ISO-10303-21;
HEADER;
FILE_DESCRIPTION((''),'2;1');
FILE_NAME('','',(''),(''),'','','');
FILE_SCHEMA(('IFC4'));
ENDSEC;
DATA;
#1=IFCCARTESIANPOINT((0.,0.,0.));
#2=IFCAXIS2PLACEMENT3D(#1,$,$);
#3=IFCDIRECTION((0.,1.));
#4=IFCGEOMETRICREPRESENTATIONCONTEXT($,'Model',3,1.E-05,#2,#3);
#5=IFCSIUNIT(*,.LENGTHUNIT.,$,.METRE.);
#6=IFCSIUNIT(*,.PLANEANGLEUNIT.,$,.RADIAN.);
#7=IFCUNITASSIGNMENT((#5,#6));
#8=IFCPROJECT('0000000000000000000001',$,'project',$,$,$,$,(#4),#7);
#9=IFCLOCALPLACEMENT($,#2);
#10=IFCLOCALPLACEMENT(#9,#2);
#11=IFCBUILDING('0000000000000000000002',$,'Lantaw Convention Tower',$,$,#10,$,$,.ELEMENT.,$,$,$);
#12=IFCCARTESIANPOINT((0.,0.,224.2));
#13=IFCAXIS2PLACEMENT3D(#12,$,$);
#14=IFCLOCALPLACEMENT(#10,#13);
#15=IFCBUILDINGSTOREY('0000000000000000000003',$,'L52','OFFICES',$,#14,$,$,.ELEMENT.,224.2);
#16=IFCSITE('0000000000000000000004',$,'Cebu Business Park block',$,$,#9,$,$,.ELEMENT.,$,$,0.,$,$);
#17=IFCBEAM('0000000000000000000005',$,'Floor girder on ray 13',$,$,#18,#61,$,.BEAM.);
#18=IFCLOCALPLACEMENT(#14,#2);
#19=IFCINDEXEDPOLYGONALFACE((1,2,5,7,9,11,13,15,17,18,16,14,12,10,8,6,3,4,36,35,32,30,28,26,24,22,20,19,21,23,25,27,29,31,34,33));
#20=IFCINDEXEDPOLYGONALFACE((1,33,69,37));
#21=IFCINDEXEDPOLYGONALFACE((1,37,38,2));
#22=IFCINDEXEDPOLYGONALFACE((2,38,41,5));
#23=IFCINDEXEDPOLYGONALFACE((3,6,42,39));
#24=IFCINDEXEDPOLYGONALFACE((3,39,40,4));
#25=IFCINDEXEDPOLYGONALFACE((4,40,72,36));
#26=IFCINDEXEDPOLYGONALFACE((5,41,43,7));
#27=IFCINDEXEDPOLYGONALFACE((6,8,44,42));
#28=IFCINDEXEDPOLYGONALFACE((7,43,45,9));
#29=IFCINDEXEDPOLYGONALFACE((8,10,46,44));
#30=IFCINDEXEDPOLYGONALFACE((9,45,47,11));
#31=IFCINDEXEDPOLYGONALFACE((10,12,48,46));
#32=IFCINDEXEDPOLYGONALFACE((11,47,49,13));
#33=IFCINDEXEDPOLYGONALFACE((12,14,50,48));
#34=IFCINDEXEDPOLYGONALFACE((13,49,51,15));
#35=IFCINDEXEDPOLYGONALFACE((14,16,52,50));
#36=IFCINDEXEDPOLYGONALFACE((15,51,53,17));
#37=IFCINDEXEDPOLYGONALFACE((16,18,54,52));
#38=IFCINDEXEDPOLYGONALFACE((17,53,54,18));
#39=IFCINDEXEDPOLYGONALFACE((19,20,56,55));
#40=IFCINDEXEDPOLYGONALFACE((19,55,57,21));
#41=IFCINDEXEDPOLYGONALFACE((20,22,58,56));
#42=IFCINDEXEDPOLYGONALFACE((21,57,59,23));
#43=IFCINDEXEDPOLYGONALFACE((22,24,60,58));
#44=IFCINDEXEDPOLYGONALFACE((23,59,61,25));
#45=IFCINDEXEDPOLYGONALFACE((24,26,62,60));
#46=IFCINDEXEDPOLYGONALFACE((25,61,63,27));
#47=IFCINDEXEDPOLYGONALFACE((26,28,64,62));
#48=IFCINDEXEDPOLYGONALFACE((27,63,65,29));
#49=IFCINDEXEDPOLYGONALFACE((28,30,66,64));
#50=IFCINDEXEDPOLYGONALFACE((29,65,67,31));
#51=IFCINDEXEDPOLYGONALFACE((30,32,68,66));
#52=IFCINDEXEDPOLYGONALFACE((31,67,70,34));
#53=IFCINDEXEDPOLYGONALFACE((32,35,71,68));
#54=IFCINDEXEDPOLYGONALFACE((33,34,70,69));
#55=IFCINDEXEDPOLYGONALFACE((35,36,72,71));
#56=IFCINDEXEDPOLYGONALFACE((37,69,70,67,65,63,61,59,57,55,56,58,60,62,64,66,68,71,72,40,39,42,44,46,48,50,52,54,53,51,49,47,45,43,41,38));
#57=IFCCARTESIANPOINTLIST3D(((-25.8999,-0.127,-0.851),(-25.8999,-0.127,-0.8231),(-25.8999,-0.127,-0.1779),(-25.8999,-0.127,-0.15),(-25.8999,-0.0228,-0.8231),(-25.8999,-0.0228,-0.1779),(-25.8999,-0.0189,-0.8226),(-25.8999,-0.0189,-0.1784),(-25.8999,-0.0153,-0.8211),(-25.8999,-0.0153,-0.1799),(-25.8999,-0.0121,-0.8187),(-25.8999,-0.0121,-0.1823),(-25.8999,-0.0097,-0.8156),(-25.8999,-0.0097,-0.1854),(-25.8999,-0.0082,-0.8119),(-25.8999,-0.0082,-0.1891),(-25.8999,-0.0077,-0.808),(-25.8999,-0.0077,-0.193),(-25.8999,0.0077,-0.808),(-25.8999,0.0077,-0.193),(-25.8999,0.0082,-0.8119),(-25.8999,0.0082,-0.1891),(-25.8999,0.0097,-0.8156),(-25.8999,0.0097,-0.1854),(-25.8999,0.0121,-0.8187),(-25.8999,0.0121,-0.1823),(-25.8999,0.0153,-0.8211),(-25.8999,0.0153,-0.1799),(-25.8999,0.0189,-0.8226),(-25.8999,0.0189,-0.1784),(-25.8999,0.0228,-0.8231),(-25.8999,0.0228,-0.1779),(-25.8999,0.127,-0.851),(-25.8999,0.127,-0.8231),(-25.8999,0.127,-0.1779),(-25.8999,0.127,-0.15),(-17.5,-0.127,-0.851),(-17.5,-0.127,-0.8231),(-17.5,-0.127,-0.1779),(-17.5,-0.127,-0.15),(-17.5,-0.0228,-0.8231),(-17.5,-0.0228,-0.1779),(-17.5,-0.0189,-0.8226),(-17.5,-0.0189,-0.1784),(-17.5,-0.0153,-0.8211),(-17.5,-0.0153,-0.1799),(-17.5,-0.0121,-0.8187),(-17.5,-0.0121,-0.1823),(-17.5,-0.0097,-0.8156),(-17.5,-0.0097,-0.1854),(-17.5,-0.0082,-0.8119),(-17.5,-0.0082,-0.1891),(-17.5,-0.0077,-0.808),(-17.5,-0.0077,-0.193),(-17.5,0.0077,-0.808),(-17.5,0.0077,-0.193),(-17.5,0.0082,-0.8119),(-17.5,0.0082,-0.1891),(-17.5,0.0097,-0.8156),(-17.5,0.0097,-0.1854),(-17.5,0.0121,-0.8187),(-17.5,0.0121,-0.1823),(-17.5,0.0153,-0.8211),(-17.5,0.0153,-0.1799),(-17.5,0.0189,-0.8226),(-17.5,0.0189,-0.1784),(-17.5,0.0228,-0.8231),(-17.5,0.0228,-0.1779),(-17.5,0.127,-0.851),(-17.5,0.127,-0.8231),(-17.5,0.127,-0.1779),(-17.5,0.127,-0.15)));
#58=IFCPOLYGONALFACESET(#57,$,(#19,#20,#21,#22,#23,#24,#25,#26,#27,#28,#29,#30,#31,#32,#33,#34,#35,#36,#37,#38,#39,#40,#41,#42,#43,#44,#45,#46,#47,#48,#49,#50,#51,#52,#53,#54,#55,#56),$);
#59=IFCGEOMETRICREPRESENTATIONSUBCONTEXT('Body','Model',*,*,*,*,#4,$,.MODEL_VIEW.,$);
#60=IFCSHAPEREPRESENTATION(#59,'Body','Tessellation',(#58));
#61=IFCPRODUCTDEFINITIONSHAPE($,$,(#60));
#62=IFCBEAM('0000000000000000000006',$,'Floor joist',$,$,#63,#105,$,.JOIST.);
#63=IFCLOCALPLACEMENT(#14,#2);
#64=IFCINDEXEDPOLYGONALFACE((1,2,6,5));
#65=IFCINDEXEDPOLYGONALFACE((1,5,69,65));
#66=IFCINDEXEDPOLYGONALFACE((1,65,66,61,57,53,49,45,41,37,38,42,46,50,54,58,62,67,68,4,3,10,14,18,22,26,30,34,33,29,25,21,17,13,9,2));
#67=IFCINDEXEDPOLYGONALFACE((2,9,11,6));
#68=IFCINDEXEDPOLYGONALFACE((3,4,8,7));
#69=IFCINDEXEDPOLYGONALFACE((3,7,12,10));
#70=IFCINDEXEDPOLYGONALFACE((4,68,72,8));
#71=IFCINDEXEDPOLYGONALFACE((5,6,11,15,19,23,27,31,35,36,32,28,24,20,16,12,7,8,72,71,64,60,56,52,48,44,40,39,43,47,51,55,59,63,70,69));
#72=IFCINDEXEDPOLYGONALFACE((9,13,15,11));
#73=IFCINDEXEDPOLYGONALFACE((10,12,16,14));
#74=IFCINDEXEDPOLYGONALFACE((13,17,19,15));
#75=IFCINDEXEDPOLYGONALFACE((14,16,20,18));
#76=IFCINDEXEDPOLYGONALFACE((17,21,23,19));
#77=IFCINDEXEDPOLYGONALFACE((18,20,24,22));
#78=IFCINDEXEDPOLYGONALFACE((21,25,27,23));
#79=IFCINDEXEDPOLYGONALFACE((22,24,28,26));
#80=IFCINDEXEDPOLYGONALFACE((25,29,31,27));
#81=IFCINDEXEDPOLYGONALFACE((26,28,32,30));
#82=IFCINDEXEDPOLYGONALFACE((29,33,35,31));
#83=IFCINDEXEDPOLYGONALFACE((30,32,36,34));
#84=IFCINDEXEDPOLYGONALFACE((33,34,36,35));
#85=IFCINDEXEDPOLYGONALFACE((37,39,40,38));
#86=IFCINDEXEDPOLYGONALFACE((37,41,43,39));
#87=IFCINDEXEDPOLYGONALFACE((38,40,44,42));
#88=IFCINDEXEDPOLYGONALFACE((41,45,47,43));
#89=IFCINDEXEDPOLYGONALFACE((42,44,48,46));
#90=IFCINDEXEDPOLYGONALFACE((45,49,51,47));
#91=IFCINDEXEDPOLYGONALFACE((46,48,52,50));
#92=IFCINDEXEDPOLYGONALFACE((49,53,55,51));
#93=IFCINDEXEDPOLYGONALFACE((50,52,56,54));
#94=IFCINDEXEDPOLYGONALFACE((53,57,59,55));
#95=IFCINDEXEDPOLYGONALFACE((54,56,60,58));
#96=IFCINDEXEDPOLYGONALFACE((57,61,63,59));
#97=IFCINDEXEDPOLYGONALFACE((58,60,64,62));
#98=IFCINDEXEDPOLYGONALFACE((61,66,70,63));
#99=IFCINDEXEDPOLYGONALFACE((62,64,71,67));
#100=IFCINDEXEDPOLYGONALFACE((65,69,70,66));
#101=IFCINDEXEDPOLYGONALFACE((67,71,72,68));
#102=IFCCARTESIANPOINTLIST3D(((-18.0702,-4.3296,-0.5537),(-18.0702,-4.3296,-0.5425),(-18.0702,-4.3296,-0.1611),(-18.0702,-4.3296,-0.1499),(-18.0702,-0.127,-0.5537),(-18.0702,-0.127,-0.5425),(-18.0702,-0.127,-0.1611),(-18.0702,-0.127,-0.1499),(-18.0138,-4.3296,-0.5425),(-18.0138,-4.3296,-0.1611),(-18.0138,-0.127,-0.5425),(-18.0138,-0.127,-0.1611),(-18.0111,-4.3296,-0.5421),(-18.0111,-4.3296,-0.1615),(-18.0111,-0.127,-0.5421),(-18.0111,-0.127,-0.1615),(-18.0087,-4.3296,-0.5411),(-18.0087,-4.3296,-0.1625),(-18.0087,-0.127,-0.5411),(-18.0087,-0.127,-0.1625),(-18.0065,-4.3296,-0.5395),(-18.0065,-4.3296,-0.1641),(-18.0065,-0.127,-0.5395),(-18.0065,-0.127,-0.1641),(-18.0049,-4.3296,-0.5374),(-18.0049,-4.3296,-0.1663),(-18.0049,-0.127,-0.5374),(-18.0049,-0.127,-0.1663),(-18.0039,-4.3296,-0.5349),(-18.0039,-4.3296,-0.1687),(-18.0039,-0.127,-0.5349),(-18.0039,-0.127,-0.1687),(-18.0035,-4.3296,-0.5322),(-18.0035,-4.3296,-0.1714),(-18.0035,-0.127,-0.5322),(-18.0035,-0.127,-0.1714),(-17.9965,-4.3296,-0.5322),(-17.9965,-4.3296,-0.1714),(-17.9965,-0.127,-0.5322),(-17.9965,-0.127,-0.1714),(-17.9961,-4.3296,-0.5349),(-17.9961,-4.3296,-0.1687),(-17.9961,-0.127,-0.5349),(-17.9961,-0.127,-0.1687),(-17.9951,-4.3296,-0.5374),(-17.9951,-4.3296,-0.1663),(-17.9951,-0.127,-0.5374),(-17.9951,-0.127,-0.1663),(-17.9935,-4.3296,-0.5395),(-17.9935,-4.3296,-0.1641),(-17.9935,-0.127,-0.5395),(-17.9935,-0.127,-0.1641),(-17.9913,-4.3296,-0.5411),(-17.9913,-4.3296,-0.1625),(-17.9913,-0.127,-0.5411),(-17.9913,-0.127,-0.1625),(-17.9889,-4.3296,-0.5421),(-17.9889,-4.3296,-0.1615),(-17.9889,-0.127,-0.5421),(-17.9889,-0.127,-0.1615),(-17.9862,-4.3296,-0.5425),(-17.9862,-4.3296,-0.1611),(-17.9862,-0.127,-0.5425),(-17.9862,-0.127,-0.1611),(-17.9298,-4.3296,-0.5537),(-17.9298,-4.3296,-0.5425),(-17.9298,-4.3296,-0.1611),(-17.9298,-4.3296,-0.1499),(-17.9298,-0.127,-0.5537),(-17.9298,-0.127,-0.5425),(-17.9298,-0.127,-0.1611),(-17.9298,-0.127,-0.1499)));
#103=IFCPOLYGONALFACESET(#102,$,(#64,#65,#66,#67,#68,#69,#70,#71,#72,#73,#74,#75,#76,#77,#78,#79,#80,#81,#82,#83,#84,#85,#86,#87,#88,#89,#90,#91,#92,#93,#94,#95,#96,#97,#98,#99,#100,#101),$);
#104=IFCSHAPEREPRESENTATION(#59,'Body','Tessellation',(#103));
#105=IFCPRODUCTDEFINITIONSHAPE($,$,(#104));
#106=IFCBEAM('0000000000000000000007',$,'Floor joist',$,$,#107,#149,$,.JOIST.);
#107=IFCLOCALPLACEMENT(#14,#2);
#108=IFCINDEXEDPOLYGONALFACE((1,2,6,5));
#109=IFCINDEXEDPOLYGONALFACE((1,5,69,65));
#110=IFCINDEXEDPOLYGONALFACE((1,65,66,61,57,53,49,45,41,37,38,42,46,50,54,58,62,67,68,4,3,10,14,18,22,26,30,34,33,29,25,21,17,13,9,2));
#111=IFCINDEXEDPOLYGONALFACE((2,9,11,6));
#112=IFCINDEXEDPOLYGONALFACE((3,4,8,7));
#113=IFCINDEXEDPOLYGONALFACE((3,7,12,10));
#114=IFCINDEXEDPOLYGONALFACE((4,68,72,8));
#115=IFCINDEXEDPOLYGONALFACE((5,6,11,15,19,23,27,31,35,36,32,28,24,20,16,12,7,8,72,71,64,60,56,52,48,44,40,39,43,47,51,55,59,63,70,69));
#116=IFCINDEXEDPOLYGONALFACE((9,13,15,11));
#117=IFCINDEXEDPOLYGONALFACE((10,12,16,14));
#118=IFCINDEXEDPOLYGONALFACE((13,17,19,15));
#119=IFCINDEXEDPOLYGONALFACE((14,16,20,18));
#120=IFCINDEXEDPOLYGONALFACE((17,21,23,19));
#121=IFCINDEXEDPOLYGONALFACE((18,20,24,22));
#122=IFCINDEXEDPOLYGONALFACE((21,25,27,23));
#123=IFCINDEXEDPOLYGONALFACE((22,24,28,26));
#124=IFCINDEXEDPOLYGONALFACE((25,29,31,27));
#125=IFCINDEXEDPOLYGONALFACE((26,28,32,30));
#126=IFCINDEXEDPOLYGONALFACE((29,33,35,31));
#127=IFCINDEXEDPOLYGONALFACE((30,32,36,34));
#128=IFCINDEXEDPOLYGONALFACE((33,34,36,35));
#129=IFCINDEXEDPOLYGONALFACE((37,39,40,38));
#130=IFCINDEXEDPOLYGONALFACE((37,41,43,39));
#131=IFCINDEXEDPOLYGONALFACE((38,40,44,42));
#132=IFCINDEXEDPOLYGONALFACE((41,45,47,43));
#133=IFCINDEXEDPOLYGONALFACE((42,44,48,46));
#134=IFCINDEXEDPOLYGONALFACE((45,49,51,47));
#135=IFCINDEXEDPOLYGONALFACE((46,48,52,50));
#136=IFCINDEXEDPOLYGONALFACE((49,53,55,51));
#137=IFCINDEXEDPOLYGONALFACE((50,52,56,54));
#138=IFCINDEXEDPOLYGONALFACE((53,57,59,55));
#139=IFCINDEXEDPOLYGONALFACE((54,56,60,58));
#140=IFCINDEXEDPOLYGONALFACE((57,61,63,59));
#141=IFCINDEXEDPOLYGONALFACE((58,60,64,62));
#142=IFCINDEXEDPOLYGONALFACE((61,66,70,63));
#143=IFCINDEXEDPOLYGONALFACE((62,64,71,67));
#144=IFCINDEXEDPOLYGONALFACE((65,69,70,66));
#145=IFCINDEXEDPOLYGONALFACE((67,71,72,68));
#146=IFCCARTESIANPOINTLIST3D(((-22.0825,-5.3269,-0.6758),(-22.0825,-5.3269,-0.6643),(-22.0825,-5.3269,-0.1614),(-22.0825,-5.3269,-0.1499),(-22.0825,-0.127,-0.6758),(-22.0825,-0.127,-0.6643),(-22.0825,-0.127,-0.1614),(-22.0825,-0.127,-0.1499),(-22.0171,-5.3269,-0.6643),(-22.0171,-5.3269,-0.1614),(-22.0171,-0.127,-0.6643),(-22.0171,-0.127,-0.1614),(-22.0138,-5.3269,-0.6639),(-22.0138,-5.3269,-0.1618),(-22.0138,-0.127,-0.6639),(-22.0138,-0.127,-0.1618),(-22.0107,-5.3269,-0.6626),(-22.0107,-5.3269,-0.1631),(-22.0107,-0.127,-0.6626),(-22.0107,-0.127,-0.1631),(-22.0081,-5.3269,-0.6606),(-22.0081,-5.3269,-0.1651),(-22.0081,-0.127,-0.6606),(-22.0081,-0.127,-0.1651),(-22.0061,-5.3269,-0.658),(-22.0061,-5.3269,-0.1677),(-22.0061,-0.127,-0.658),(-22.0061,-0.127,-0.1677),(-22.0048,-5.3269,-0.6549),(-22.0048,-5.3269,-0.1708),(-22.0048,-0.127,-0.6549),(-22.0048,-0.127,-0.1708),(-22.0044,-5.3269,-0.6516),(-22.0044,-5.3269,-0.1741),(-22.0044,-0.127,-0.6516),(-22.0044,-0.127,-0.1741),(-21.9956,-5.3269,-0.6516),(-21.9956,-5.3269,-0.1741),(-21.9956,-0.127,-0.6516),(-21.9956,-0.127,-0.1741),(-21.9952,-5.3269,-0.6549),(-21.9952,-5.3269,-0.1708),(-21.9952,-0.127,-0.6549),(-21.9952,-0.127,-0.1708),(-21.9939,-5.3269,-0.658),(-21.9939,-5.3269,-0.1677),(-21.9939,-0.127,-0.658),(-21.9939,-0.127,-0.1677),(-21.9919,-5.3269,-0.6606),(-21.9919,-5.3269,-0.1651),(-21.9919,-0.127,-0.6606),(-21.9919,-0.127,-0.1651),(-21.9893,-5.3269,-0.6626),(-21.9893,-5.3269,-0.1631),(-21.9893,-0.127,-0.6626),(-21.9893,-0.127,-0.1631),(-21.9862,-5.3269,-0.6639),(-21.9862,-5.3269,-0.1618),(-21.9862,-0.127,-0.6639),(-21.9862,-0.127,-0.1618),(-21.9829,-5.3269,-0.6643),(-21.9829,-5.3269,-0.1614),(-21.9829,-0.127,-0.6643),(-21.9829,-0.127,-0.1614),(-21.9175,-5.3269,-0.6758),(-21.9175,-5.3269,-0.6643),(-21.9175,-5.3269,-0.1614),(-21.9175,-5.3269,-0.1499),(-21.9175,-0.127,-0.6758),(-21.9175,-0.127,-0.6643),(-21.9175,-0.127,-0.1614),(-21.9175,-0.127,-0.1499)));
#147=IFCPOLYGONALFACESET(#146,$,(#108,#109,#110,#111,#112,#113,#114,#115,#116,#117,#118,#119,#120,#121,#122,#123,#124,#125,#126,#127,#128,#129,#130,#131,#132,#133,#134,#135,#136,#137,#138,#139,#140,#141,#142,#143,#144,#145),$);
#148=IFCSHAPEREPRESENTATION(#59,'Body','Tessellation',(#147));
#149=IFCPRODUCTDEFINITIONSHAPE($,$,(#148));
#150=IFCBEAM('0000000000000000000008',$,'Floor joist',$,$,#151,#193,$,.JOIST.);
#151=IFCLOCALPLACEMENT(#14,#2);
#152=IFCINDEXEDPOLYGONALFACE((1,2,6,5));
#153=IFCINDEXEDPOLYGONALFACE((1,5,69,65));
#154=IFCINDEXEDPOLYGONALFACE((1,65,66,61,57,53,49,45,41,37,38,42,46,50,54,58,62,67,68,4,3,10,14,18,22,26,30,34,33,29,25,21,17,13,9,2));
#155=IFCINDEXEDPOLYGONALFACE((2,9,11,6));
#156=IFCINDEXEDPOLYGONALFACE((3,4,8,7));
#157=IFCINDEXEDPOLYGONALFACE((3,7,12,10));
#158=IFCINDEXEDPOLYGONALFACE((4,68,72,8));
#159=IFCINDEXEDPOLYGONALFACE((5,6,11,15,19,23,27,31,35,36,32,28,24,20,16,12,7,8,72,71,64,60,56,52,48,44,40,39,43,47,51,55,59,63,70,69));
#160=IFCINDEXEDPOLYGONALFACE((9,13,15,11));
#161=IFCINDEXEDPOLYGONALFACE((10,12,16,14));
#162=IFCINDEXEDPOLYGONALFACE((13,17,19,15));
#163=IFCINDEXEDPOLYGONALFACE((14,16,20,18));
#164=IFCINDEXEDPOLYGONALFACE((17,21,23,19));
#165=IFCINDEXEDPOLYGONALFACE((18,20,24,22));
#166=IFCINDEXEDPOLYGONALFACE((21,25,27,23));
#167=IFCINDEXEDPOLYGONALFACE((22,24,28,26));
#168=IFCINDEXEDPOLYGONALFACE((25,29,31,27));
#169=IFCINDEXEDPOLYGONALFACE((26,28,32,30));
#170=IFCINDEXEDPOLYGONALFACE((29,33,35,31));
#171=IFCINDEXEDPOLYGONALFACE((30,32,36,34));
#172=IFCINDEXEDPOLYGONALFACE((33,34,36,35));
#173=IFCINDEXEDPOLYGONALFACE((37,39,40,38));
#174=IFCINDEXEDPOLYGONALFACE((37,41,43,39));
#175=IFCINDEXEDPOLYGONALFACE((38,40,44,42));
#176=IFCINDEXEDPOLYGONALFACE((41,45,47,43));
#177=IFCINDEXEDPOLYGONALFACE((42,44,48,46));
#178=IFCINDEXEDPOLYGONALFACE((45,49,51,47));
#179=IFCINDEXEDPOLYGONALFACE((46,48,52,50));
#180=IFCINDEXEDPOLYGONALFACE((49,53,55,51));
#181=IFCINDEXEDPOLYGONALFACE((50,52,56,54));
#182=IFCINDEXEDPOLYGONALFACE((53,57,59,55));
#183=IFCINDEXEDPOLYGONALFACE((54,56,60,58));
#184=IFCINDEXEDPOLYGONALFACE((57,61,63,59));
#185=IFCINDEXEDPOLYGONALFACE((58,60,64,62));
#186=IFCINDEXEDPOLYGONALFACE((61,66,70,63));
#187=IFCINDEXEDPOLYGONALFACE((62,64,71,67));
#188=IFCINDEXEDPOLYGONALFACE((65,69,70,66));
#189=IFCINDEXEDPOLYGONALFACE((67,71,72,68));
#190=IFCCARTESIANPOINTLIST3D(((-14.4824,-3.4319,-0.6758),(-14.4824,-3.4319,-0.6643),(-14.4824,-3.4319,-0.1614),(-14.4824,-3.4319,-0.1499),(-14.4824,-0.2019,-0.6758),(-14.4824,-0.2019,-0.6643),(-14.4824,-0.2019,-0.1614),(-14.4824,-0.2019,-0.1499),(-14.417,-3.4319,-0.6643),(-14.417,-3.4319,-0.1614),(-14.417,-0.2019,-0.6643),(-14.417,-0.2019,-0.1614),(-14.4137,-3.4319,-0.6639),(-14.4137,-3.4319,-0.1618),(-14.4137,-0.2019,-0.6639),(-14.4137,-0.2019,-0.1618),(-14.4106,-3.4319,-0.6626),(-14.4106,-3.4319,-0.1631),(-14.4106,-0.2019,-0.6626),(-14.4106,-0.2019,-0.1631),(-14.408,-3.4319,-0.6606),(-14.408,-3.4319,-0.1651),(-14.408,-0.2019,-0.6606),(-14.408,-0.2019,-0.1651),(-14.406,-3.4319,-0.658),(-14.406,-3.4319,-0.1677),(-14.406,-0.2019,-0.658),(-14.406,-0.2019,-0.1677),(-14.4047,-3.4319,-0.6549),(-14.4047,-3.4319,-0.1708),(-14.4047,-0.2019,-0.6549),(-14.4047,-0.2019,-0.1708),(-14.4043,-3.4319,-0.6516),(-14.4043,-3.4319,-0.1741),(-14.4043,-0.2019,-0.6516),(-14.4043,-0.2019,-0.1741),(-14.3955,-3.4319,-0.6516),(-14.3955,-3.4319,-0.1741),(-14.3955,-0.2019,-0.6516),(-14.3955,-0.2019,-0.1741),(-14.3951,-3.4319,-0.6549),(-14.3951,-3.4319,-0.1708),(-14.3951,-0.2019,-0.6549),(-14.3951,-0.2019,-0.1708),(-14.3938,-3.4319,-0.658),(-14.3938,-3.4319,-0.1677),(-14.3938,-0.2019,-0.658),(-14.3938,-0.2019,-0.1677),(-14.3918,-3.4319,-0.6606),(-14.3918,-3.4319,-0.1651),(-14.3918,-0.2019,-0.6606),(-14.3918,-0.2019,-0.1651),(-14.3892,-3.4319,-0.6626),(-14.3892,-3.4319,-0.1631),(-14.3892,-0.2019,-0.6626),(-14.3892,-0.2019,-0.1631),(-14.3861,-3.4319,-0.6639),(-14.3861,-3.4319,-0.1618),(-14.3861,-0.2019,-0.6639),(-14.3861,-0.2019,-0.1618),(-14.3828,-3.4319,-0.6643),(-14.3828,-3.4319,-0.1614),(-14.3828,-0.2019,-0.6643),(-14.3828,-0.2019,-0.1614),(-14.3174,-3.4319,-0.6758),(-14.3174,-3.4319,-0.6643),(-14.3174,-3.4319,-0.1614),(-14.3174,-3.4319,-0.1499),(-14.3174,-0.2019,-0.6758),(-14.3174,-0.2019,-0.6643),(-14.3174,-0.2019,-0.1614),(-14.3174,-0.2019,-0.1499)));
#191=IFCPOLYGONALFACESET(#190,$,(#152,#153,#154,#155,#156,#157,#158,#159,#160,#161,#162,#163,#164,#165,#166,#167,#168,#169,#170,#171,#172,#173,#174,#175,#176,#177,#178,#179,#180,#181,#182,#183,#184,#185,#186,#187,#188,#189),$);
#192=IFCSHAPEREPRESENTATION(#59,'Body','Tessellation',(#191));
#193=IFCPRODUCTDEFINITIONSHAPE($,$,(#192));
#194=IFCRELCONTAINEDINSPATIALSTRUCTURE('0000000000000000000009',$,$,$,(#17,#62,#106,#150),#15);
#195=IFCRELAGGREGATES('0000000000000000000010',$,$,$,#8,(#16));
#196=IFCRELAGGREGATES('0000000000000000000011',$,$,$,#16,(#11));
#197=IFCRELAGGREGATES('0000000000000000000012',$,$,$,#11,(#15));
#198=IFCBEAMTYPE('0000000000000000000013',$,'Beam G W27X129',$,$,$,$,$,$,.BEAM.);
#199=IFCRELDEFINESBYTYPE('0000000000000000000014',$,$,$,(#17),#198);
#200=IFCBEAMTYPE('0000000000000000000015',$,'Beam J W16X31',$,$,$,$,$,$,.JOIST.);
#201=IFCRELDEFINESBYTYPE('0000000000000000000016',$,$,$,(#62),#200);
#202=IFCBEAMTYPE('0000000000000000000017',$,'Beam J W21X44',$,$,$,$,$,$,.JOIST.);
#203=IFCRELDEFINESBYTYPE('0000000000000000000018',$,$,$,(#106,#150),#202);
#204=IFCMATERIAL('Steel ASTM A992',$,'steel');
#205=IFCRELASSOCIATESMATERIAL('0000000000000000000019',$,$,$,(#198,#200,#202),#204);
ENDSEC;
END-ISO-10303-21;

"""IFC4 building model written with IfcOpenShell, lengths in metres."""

from ifc_helpers import new_model, si_unit, direction, frame, origin, origin_2d, place, context, subcontext, project, spatial, i_section, extrude, material, material_profile, profile_set, type_object, element, save


model = new_model("IFC4")

# Units and contexts
model_context = context("Model", 3, precision=1e-05, world=origin(), true_north=direction((0.0, 1.0)))
body_context = subcontext(model_context, "Body", "Model", "MODEL_VIEW")
ifc_project = project(units=[si_unit("LENGTHUNIT", "METRE"), si_unit("PLANEANGLEUNIT", "RADIAN")], contexts=[model_context])

# Site, building, storey
site_placement = place(None, origin())
site = spatial("IfcSite", under=ifc_project, at=site_placement, Name="Cebu Business Park block", CompositionType="ELEMENT", RefElevation=0.0)
building_placement = place(site_placement, origin())
building = spatial("IfcBuilding", under=site, at=building_placement, Name="Lantaw Convention Tower", CompositionType="ELEMENT")
storey_placement = place(building_placement, frame((0.0, 0.0, 224.2)))
storey = spatial("IfcBuildingStorey", under=building, at=storey_placement, Name="L52", Description="OFFICES", CompositionType="ELEMENT", Elevation=224.2)

# Beams
ifc_material_1 = material(Name="Steel ASTM A992", Category="steel")
ifc_material_profile_1 = material_profile(ifc_material_1, i_section(OverallWidth=0.2539, OverallDepth=0.7009, WebThickness=0.0154, FlangeThickness=0.0278, FilletRadius=0.0151, at=origin_2d()), Name="W27X129")
ifc_profile_set_1 = profile_set([ifc_material_profile_1], Name="Steel ASTM A992")
beam_type_1 = type_object("IfcBeamType", Name="Beam G W27X129", PredefinedType="BEAM", material=ifc_profile_set_1)
beam_1_placement = place(storey_placement, frame((-17.5, 0.0, -0.5005), z_axis=(-1.0, 0.0, 0.0), x_axis=(0.0, -1.0, 0.0)))
element("IfcBeam", 1, at=beam_1_placement, inside=storey, type_object=beam_type_1, Name="Floor girder on ray 13", PredefinedType="BEAM", context=body_context, shape_type="SweptSolid", body=[
    extrude(i_section(OverallWidth=0.2539, OverallDepth=0.7009, WebThickness=0.0154, FlangeThickness=0.0278, FilletRadius=0.0151, at=origin_2d()), origin(), (0.0, 0.0, 1.0), 8.3999),
])
ifc_material_profile_2 = material_profile(ifc_material_1, i_section(OverallWidth=0.1404, OverallDepth=0.4038, WebThickness=0.0071, FlangeThickness=0.0112, FilletRadius=0.0103, at=origin_2d()), Name="W16X31")
ifc_profile_set_2 = profile_set([ifc_material_profile_2], Name="Steel ASTM A992")
beam_type_2 = type_object("IfcBeamType", Name="Beam J W16X31", PredefinedType="JOIST", material=ifc_profile_set_2)
beam_2_placement = place(storey_placement, frame((-18.0, -4.3296, -0.3518), z_axis=(0.0, 1.0, 0.0), x_axis=(-1.0, 0.0, 0.0)))
element("IfcBeam", 2, at=beam_2_placement, inside=storey, type_object=beam_type_2, Name="Floor joist", PredefinedType="JOIST", context=body_context, shape_type="SweptSolid", body=[
    extrude(i_section(OverallWidth=0.1404, OverallDepth=0.4038, WebThickness=0.0071, FlangeThickness=0.0112, FilletRadius=0.0103, at=origin_2d()), origin(), (0.0, 0.0, 1.0), 4.2026),
])
ifc_material_profile_3 = material_profile(ifc_material_1, i_section(OverallWidth=0.165, OverallDepth=0.5259, WebThickness=0.0088, FlangeThickness=0.0115, FilletRadius=0.0127, at=origin_2d()), Name="W21X44")
ifc_profile_set_3 = profile_set([ifc_material_profile_3], Name="Steel ASTM A992")
beam_type_3 = type_object("IfcBeamType", Name="Beam J W21X44", PredefinedType="JOIST", material=ifc_profile_set_3)
beam_3_placement = place(storey_placement, frame((-22.0, -5.3269, -0.4128), z_axis=(0.0, 1.0, 0.0), x_axis=(-1.0, 0.0, 0.0)))
element("IfcBeam", 3, at=beam_3_placement, inside=storey, type_object=beam_type_3, Name="Floor joist", PredefinedType="JOIST", context=body_context, shape_type="SweptSolid", body=[
    extrude(i_section(OverallWidth=0.165, OverallDepth=0.5259, WebThickness=0.0088, FlangeThickness=0.0115, FilletRadius=0.0127, at=origin_2d()), origin(), (0.0, 0.0, 1.0), 5.2),
])
beam_4_placement = place(storey_placement, frame((-14.3999, -3.4319, -0.4128), z_axis=(0.0, 1.0, 0.0), x_axis=(-1.0, 0.0, 0.0)))
element("IfcBeam", 4, at=beam_4_placement, inside=storey, type_object=beam_type_3, Name="Floor joist", PredefinedType="JOIST", context=body_context, shape_type="SweptSolid", body=[
    extrude(i_section(OverallWidth=0.165, OverallDepth=0.5259, WebThickness=0.0088, FlangeThickness=0.0115, FilletRadius=0.0127, at=origin_2d()), origin(), (0.0, 0.0, 1.0), 3.23),
])

save(model, "model.ifc")
